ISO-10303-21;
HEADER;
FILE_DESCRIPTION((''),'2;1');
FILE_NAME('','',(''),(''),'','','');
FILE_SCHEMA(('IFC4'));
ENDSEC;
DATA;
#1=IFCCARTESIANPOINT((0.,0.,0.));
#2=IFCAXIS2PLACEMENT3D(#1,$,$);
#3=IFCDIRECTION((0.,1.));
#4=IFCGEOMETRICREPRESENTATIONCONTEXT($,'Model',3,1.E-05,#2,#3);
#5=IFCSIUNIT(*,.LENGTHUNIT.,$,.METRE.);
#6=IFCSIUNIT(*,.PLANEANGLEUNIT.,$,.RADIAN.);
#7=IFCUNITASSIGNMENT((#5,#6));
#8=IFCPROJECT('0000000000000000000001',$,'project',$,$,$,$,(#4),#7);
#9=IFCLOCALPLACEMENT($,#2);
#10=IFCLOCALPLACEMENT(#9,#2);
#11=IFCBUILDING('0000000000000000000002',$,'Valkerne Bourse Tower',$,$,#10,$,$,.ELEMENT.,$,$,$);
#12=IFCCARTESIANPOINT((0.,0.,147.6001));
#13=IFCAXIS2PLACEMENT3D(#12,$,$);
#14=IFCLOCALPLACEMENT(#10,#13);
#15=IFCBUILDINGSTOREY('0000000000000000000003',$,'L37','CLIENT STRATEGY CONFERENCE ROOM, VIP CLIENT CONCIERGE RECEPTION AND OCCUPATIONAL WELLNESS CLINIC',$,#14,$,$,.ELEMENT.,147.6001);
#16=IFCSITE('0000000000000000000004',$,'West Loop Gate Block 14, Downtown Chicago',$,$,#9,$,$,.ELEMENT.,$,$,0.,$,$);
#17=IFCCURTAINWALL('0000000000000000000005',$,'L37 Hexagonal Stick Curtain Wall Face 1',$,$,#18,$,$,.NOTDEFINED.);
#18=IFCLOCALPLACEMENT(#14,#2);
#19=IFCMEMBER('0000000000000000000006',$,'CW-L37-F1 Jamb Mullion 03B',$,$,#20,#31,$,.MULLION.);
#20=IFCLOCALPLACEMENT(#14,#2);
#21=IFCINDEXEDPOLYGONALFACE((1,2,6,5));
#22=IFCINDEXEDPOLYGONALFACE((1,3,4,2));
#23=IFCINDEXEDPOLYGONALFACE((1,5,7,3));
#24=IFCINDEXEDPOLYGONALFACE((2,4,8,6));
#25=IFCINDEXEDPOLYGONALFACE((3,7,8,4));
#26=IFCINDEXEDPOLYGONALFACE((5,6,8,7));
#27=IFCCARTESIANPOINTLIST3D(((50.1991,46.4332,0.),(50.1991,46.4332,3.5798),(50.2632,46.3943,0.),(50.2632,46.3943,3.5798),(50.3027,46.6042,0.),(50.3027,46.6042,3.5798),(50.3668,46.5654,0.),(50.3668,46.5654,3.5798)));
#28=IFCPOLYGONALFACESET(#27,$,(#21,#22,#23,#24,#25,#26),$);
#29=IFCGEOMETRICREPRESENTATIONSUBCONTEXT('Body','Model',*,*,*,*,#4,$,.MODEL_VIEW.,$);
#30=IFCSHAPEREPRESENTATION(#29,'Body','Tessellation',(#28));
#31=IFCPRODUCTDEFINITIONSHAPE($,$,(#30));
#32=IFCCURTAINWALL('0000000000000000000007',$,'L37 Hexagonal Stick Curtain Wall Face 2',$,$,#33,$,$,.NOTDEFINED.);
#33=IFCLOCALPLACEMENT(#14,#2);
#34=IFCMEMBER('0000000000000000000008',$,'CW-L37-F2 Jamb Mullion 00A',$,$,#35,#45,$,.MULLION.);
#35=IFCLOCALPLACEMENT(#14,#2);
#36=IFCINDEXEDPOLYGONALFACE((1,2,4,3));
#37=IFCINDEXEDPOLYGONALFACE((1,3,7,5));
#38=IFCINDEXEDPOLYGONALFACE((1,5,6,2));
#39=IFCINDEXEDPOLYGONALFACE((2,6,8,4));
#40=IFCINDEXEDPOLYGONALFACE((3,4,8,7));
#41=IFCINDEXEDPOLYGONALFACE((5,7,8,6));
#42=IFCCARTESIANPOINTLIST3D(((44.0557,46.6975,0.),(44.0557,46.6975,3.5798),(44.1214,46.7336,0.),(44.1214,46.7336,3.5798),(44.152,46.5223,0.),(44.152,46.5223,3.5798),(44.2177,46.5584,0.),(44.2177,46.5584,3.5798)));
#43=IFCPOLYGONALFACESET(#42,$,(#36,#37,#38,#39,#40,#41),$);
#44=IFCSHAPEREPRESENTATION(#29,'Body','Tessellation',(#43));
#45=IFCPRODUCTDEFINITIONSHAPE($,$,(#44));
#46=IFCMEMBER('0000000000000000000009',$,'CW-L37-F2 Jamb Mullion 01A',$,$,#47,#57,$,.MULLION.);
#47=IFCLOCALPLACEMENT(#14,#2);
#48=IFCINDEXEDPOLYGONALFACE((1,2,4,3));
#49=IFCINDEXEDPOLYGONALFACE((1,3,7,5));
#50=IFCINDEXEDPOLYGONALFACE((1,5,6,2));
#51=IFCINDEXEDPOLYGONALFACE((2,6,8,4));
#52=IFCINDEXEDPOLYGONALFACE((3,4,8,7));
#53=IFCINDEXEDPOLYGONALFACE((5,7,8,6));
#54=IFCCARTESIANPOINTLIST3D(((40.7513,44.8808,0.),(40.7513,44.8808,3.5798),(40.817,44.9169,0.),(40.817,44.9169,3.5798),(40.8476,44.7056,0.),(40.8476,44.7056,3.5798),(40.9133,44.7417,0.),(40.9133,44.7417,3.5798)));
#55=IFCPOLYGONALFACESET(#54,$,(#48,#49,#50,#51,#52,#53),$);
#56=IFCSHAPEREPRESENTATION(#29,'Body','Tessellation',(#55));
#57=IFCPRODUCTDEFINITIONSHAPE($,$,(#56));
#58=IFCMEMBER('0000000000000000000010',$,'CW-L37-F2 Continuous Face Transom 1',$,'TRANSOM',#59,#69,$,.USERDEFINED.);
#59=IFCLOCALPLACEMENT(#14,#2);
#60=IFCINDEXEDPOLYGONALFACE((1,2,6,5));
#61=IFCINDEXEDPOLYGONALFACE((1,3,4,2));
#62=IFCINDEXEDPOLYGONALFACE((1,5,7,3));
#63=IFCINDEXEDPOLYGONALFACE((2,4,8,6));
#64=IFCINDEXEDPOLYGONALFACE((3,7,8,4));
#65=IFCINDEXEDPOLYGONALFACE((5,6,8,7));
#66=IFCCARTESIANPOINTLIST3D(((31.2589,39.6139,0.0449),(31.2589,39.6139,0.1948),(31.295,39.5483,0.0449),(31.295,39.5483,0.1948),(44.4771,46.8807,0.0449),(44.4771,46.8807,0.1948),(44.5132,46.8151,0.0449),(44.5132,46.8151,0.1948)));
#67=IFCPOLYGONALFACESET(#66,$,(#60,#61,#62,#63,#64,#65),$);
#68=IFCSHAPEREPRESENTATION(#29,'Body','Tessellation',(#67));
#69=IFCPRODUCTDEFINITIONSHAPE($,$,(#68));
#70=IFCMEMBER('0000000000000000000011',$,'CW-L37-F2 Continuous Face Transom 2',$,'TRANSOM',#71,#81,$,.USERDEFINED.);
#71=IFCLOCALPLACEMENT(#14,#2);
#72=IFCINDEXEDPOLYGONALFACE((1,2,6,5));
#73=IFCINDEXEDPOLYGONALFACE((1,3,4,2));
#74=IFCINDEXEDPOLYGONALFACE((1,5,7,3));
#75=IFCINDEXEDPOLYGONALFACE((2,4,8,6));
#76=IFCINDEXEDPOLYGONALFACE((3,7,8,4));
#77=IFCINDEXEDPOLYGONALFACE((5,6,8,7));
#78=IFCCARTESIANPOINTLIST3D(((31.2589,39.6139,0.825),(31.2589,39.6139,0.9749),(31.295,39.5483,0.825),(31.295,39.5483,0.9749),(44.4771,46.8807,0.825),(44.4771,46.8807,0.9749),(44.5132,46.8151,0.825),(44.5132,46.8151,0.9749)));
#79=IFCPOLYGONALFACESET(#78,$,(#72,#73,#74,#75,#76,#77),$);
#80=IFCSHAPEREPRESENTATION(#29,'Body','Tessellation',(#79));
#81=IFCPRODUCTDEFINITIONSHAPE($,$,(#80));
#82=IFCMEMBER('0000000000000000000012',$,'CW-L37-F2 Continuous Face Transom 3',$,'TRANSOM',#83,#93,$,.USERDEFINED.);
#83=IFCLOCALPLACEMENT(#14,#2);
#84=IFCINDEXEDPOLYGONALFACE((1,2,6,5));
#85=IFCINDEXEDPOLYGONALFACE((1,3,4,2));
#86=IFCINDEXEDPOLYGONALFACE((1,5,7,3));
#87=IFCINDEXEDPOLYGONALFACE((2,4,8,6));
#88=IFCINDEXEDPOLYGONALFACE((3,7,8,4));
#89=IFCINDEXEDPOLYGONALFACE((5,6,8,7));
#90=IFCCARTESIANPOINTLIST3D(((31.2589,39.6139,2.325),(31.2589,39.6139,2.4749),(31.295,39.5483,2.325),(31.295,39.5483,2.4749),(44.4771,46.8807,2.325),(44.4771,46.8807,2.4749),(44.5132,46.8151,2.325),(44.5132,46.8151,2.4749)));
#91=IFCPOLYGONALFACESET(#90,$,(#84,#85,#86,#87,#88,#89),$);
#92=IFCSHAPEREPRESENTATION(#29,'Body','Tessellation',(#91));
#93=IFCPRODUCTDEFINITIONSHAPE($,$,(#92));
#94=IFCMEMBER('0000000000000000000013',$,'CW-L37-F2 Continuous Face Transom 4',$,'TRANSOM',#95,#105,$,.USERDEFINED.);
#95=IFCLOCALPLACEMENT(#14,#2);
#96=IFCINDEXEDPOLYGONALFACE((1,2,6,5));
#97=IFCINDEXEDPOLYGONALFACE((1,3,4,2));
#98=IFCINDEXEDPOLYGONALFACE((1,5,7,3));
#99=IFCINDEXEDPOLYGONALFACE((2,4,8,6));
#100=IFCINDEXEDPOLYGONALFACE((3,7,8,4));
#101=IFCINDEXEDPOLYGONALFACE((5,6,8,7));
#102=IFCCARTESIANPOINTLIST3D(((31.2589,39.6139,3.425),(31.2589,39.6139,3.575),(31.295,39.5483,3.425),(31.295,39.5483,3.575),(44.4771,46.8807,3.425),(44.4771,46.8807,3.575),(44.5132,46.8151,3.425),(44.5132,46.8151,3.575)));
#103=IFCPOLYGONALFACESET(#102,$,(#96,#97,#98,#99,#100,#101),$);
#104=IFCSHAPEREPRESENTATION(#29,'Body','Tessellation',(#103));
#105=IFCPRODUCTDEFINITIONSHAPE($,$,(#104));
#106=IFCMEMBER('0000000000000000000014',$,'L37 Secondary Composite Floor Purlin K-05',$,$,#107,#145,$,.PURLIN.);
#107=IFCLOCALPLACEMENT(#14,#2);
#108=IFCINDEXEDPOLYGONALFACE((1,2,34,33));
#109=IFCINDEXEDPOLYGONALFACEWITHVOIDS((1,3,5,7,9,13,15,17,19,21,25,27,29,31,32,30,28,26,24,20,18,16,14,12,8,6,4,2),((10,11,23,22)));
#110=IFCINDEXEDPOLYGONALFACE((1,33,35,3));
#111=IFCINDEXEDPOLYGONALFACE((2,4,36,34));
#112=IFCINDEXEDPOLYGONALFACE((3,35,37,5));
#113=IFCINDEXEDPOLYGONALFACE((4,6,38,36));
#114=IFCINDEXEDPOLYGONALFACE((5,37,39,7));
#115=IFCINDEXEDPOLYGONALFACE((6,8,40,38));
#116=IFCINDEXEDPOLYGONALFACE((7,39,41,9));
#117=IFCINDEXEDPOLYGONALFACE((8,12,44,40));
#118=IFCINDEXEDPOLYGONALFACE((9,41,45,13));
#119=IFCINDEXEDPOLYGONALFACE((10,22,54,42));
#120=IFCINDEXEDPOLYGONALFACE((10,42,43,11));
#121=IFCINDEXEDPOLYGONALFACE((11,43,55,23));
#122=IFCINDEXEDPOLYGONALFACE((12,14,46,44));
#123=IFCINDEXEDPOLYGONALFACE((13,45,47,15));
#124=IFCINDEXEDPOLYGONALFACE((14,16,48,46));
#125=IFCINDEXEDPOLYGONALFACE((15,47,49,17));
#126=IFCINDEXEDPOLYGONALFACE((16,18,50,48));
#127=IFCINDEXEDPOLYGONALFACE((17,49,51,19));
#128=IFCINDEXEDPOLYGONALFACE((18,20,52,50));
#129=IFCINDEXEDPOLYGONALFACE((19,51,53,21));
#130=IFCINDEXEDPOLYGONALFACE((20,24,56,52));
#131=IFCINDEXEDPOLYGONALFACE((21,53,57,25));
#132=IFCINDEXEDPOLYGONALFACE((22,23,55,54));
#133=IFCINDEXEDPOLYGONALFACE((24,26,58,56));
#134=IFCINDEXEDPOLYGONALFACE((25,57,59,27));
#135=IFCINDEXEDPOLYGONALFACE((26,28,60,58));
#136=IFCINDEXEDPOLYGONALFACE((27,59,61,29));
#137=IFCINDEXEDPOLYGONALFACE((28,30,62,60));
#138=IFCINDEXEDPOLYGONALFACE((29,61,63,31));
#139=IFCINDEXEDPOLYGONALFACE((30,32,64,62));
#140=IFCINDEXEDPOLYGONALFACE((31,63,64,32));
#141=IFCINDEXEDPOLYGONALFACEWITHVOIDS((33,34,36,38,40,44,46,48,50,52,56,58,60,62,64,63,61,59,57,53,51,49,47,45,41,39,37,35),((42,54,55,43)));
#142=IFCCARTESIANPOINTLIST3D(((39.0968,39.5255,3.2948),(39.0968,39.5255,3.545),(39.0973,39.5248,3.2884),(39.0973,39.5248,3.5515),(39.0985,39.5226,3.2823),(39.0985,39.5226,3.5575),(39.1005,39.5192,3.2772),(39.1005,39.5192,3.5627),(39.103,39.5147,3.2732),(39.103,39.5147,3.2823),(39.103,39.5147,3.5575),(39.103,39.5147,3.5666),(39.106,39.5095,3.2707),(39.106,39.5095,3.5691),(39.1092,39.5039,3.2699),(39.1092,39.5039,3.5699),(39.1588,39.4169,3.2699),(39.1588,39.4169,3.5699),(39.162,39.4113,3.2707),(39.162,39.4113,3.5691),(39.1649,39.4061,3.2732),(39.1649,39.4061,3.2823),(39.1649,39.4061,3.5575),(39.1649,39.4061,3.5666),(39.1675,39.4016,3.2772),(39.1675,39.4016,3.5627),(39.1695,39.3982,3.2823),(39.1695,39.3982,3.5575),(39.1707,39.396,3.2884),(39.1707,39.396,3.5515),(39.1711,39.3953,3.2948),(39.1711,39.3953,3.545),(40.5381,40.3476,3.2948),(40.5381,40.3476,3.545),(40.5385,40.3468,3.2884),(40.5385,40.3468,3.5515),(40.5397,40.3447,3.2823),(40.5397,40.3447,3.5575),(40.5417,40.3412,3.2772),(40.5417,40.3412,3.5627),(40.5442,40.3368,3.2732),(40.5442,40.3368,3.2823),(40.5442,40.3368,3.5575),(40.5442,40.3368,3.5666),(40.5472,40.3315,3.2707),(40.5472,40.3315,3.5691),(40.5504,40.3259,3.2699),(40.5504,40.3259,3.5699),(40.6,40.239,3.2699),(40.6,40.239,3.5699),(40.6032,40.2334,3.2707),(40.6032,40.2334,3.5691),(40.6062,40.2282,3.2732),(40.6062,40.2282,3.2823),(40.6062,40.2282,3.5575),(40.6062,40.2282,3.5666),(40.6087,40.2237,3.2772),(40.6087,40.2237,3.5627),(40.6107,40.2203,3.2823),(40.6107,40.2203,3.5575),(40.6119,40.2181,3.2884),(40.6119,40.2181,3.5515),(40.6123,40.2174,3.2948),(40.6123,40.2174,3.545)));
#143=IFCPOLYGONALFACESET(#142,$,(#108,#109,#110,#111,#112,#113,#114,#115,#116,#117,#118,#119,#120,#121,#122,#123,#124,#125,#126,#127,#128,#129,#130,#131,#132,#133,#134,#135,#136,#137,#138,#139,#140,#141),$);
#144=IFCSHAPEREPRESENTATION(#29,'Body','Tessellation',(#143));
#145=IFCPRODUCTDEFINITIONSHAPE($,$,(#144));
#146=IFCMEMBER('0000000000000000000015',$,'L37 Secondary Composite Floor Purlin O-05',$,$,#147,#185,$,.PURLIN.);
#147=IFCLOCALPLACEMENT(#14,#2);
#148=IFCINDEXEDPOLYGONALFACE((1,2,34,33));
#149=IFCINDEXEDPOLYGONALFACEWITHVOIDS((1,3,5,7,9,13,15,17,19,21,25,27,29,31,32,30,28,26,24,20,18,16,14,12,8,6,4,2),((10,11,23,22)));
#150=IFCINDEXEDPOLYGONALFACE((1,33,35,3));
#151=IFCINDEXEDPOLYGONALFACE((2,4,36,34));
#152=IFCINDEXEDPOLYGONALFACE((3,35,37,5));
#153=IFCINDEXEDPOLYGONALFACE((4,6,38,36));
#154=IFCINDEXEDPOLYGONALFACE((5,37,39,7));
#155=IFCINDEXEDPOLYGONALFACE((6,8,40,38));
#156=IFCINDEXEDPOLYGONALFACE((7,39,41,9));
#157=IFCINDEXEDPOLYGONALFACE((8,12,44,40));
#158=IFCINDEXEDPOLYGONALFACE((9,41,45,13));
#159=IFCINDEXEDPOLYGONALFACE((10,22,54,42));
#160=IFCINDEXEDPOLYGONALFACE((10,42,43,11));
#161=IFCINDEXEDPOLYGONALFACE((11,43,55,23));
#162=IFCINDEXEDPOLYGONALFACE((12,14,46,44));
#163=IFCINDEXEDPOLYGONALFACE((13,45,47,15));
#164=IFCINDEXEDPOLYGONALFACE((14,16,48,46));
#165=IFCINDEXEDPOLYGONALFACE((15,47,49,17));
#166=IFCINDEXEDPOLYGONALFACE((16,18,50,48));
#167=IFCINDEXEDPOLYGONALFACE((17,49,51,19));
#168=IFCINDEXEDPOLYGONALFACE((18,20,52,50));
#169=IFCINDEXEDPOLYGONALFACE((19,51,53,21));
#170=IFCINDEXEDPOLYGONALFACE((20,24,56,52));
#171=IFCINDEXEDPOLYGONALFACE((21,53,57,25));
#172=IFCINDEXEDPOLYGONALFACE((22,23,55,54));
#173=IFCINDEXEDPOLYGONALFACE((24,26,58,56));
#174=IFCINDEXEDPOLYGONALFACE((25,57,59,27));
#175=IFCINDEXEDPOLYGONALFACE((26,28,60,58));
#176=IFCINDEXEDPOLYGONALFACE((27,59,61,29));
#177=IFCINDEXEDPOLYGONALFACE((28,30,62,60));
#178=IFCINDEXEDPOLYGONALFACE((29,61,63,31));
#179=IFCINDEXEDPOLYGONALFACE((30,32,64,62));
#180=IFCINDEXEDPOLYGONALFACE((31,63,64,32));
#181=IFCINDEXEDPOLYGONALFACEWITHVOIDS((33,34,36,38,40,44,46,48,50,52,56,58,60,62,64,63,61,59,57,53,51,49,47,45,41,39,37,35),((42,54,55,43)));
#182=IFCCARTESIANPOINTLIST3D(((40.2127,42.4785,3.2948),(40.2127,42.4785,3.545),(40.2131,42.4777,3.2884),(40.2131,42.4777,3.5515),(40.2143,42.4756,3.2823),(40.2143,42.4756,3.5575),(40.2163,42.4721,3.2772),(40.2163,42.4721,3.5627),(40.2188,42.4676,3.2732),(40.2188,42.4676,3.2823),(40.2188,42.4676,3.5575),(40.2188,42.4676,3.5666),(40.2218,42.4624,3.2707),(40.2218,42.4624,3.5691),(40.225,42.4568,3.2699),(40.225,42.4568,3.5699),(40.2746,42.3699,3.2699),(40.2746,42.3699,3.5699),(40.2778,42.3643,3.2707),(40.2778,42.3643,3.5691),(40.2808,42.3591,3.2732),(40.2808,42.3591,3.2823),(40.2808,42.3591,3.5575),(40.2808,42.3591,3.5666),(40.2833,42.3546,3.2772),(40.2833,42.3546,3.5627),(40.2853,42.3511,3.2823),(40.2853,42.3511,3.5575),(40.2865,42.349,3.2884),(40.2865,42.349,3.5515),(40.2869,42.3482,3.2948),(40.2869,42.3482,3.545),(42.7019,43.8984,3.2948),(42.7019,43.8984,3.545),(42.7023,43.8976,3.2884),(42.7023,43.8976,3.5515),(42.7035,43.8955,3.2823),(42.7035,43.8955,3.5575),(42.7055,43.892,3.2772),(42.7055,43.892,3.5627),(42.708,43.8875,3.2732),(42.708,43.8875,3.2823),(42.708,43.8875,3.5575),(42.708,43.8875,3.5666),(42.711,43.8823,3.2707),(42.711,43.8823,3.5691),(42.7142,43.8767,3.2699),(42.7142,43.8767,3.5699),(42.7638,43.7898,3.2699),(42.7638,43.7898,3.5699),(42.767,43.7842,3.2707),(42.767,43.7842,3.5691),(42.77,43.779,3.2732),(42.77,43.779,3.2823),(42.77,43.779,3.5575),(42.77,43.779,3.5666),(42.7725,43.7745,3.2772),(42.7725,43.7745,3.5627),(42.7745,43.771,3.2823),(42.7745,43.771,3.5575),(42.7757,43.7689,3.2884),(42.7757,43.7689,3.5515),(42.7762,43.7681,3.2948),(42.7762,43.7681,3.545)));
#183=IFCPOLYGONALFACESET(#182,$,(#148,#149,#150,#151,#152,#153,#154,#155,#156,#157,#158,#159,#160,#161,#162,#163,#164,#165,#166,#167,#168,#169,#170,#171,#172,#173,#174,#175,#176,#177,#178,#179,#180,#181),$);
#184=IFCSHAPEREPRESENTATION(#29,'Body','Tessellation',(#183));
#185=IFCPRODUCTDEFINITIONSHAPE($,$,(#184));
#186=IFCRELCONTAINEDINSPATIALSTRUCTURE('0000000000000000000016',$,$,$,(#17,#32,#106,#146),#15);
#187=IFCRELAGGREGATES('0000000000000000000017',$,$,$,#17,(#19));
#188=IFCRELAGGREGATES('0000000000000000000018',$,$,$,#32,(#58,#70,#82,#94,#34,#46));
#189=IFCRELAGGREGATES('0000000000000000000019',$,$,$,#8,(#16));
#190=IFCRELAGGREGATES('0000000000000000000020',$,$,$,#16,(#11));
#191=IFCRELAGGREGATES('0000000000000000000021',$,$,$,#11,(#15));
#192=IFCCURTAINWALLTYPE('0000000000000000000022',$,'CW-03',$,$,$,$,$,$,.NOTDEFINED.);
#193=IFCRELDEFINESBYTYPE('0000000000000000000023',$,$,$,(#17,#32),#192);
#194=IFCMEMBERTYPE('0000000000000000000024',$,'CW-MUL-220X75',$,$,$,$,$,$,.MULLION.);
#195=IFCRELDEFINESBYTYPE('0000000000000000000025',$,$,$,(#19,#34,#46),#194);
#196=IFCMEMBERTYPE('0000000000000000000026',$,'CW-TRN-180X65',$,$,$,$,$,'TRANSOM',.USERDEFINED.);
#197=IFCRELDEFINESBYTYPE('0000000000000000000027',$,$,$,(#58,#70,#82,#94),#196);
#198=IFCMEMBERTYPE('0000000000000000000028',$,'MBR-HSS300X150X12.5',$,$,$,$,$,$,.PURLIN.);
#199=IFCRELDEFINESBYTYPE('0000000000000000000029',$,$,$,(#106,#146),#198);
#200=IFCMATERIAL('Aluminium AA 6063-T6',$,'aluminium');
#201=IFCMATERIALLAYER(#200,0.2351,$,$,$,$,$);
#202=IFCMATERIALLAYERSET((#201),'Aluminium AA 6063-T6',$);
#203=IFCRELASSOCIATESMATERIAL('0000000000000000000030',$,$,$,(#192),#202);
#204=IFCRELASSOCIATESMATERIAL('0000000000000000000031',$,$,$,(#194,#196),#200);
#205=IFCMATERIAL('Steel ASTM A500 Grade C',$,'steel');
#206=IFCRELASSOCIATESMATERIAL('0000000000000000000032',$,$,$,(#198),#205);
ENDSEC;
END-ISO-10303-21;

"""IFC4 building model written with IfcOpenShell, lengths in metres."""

from ifc_helpers import new_model, si_unit, direction, frame, origin, origin_2d, place, context, subcontext, project, spatial, rectangle, hollow_rectangle, extrude, material, layer, layer_set, material_profile, profile_set, type_object, element, aggregate, save


model = new_model("IFC4")

# Units and contexts
model_context = context("Model", 3, precision=1e-05, world=origin(), true_north=direction((0.0, 1.0)))
body_context = subcontext(model_context, "Body", "Model", "MODEL_VIEW")
ifc_project = project(units=[si_unit("LENGTHUNIT", "METRE"), si_unit("PLANEANGLEUNIT", "RADIAN")], contexts=[model_context])

# Site, building, storey
site_placement = place(None, origin())
site = spatial("IfcSite", under=ifc_project, at=site_placement, Name="West Loop Gate Block 14, Downtown Chicago", CompositionType="ELEMENT", RefElevation=0.0)
building_placement = place(site_placement, origin())
building = spatial("IfcBuilding", under=site, at=building_placement, Name="Valkerne Bourse Tower", CompositionType="ELEMENT")
storey_placement = place(building_placement, frame((0.0, 0.0, 147.6001)))
storey = spatial("IfcBuildingStorey", under=building, at=storey_placement, Name="L37", Description="CLIENT STRATEGY CONFERENCE ROOM, VIP CLIENT CONCIERGE RECEPTION AND OCCUPATIONAL WELLNESS CLINIC", CompositionType="ELEMENT", Elevation=147.6001)

# Curtain wall, member
ifc_material_1 = material(Name="Aluminium AA 6063-T6", Category="aluminium")
ifc_layer_1 = layer(ifc_material_1, 0.2351)
ifc_layer_set_1 = layer_set([ifc_layer_1], Name="Aluminium AA 6063-T6")
curtain_wall_type = type_object("IfcCurtainWallType", Name="CW-03", PredefinedType="NOTDEFINED", material=ifc_layer_set_1)
curtain_wall_1_placement = place(storey_placement, origin())
curtain_wall_1 = element("IfcCurtainWall", 1, at=curtain_wall_1_placement, inside=storey, type_object=curtain_wall_type, Name="L37 Hexagonal Stick Curtain Wall Face 1", PredefinedType="NOTDEFINED")
ifc_material_profile_1 = material_profile(ifc_material_1, rectangle(XDim=0.075, YDim=0.2, at=origin_2d()), Name="CWM-75X200")
ifc_profile_set_1 = profile_set([ifc_material_profile_1], Name="Aluminium AA 6063-T6")
member_type_1 = type_object("IfcMemberType", Name="CW-MUL-220X75", PredefinedType="MULLION", material=ifc_profile_set_1)
member_1_placement = place(storey_placement, frame((50.283, 46.4993, 0.0), z_axis=(0.0, 0.0, 1.0), x_axis=(-0.855375, 0.518009, 0.0)))
member_1 = element("IfcMember", 2, at=member_1_placement, type_object=member_type_1, Name="CW-L37-F1 Jamb Mullion 03B", PredefinedType="MULLION", context=body_context, shape_type="SweptSolid", body=[
    extrude(rectangle(XDim=0.075, YDim=0.2, at=origin_2d()), origin(), (0.0, 0.0, 1.0), 3.5798),
])
aggregate(curtain_wall_1, [member_1])

# Curtain wall, members
curtain_wall_2_placement = place(storey_placement, origin())
curtain_wall_2 = element("IfcCurtainWall", 3, at=curtain_wall_2_placement, inside=storey, type_object=curtain_wall_type, Name="L37 Hexagonal Stick Curtain Wall Face 2", PredefinedType="NOTDEFINED")
member_2_placement = place(storey_placement, frame((44.1367, 46.6279, 0.0), z_axis=(0.0, 0.0, 1.0), x_axis=(-0.876303, -0.481761, 0.0)))
member_2 = element("IfcMember", 4, at=member_2_placement, type_object=member_type_1, Name="CW-L37-F2 Jamb Mullion 00A", PredefinedType="MULLION", context=body_context, shape_type="SweptSolid", body=[
    extrude(rectangle(XDim=0.075, YDim=0.2, at=origin_2d()), origin(), (0.0, 0.0, 1.0), 3.5798),
])
member_3_placement = place(storey_placement, frame((40.8323, 44.8113, 0.0), z_axis=(0.0, 0.0, 1.0), x_axis=(-0.876309, -0.48175, 0.0)))
member_3 = element("IfcMember", 5, at=member_3_placement, type_object=member_type_1, Name="CW-L37-F2 Jamb Mullion 01A", PredefinedType="MULLION", context=body_context, shape_type="SweptSolid", body=[
    extrude(rectangle(XDim=0.075, YDim=0.2, at=origin_2d()), origin(), (0.0, 0.0, 1.0), 3.5798),
])
ifc_material_profile_2 = material_profile(ifc_material_1, rectangle(XDim=0.075, YDim=0.1499, at=origin_2d()), Name="CWT-75X150")
ifc_profile_set_2 = profile_set([ifc_material_profile_2], Name="Aluminium AA 6063-T6")
member_type_2 = type_object("IfcMemberType", Name="CW-TRN-180X65", ElementType="TRANSOM", PredefinedType="USERDEFINED", material=ifc_profile_set_2)
member_4_placement = place(storey_placement, frame((44.4951, 46.8479, 0.1199), z_axis=(-0.876305, -0.481756, 0.0), x_axis=(0.481756, -0.876305, 0.0)))
member_4 = element("IfcMember", 6, at=member_4_placement, type_object=member_type_2, Name="CW-L37-F2 Continuous Face Transom 1", ObjectType="TRANSOM", PredefinedType="USERDEFINED", context=body_context, shape_type="SweptSolid", body=[
    extrude(rectangle(XDim=0.075, YDim=0.1499, at=origin_2d()), origin(), (0.0, 0.0, 1.0), 15.084),
])
member_5_placement = place(storey_placement, frame((44.4951, 46.8479, 0.8999), z_axis=(-0.876305, -0.481756, 0.0), x_axis=(0.481756, -0.876305, 0.0)))
member_5 = element("IfcMember", 7, at=member_5_placement, type_object=member_type_2, Name="CW-L37-F2 Continuous Face Transom 2", ObjectType="TRANSOM", PredefinedType="USERDEFINED", context=body_context, shape_type="SweptSolid", body=[
    extrude(rectangle(XDim=0.075, YDim=0.1499, at=origin_2d()), origin(), (0.0, 0.0, 1.0), 15.084),
])
member_6_placement = place(storey_placement, frame((44.4951, 46.8479, 2.3999), z_axis=(-0.876305, -0.481756, 0.0), x_axis=(0.481756, -0.876305, 0.0)))
member_6 = element("IfcMember", 8, at=member_6_placement, type_object=member_type_2, Name="CW-L37-F2 Continuous Face Transom 3", ObjectType="TRANSOM", PredefinedType="USERDEFINED", context=body_context, shape_type="SweptSolid", body=[
    extrude(rectangle(XDim=0.075, YDim=0.1499, at=origin_2d()), origin(), (0.0, 0.0, 1.0), 15.084),
])
member_7_placement = place(storey_placement, frame((44.4951, 46.8479, 3.5), z_axis=(-0.876305, -0.481756, 0.0), x_axis=(0.481756, -0.876305, 0.0)))
member_7 = element("IfcMember", 9, at=member_7_placement, type_object=member_type_2, Name="CW-L37-F2 Continuous Face Transom 4", ObjectType="TRANSOM", PredefinedType="USERDEFINED", context=body_context, shape_type="SweptSolid", body=[
    extrude(rectangle(XDim=0.075, YDim=0.1499, at=origin_2d()), origin(), (0.0, 0.0, 1.0), 15.084),
])

# Members
ifc_material_2 = material(Name="Steel ASTM A500 Grade C", Category="steel")
ifc_material_profile_3 = material_profile(ifc_material_2, hollow_rectangle(XDim=0.1499, YDim=0.3, WallThickness=0.0125, OuterFilletRadius=0.0249, at=origin_2d()), Name="HSS300X150X12.5")
ifc_profile_set_3 = profile_set([ifc_material_profile_3], Name="Steel ASTM A500 Grade C")
member_type_3 = type_object("IfcMemberType", Name="MBR-HSS300X150X12.5", PredefinedType="PURLIN", material=ifc_profile_set_3)
member_8_placement = place(storey_placement, frame((40.5752, 40.2825, 3.4199), z_axis=(-0.868632, -0.495457, 0.0), x_axis=(0.495457, -0.868632, 0.0)))
element("IfcMember", 10, at=member_8_placement, inside=storey, type_object=member_type_3, Name="L37 Secondary Composite Floor Purlin K-05", PredefinedType="PURLIN", context=body_context, shape_type="SweptSolid", body=[
    extrude(hollow_rectangle(XDim=0.1499, YDim=0.3, WallThickness=0.0125, OuterFilletRadius=0.0249, at=origin_2d()), origin(), (0.0, 0.0, 1.0), 1.6592),
])
member_9_placement = place(storey_placement, frame((42.739, 43.8333, 3.4199), z_axis=(-0.86862, -0.495478, 0.0), x_axis=(0.495478, -0.86862, 0.0)))
element("IfcMember", 11, at=member_9_placement, inside=storey, type_object=member_type_3, Name="L37 Secondary Composite Floor Purlin O-05", PredefinedType="PURLIN", context=body_context, shape_type="SweptSolid", body=[
    extrude(hollow_rectangle(XDim=0.1499, YDim=0.3, WallThickness=0.0125, OuterFilletRadius=0.0249, at=origin_2d()), origin(), (0.0, 0.0, 1.0), 2.8657),
])

aggregate(curtain_wall_2, [member_4, member_5, member_6, member_7, member_2, member_3])

save(model, "model.ifc")
